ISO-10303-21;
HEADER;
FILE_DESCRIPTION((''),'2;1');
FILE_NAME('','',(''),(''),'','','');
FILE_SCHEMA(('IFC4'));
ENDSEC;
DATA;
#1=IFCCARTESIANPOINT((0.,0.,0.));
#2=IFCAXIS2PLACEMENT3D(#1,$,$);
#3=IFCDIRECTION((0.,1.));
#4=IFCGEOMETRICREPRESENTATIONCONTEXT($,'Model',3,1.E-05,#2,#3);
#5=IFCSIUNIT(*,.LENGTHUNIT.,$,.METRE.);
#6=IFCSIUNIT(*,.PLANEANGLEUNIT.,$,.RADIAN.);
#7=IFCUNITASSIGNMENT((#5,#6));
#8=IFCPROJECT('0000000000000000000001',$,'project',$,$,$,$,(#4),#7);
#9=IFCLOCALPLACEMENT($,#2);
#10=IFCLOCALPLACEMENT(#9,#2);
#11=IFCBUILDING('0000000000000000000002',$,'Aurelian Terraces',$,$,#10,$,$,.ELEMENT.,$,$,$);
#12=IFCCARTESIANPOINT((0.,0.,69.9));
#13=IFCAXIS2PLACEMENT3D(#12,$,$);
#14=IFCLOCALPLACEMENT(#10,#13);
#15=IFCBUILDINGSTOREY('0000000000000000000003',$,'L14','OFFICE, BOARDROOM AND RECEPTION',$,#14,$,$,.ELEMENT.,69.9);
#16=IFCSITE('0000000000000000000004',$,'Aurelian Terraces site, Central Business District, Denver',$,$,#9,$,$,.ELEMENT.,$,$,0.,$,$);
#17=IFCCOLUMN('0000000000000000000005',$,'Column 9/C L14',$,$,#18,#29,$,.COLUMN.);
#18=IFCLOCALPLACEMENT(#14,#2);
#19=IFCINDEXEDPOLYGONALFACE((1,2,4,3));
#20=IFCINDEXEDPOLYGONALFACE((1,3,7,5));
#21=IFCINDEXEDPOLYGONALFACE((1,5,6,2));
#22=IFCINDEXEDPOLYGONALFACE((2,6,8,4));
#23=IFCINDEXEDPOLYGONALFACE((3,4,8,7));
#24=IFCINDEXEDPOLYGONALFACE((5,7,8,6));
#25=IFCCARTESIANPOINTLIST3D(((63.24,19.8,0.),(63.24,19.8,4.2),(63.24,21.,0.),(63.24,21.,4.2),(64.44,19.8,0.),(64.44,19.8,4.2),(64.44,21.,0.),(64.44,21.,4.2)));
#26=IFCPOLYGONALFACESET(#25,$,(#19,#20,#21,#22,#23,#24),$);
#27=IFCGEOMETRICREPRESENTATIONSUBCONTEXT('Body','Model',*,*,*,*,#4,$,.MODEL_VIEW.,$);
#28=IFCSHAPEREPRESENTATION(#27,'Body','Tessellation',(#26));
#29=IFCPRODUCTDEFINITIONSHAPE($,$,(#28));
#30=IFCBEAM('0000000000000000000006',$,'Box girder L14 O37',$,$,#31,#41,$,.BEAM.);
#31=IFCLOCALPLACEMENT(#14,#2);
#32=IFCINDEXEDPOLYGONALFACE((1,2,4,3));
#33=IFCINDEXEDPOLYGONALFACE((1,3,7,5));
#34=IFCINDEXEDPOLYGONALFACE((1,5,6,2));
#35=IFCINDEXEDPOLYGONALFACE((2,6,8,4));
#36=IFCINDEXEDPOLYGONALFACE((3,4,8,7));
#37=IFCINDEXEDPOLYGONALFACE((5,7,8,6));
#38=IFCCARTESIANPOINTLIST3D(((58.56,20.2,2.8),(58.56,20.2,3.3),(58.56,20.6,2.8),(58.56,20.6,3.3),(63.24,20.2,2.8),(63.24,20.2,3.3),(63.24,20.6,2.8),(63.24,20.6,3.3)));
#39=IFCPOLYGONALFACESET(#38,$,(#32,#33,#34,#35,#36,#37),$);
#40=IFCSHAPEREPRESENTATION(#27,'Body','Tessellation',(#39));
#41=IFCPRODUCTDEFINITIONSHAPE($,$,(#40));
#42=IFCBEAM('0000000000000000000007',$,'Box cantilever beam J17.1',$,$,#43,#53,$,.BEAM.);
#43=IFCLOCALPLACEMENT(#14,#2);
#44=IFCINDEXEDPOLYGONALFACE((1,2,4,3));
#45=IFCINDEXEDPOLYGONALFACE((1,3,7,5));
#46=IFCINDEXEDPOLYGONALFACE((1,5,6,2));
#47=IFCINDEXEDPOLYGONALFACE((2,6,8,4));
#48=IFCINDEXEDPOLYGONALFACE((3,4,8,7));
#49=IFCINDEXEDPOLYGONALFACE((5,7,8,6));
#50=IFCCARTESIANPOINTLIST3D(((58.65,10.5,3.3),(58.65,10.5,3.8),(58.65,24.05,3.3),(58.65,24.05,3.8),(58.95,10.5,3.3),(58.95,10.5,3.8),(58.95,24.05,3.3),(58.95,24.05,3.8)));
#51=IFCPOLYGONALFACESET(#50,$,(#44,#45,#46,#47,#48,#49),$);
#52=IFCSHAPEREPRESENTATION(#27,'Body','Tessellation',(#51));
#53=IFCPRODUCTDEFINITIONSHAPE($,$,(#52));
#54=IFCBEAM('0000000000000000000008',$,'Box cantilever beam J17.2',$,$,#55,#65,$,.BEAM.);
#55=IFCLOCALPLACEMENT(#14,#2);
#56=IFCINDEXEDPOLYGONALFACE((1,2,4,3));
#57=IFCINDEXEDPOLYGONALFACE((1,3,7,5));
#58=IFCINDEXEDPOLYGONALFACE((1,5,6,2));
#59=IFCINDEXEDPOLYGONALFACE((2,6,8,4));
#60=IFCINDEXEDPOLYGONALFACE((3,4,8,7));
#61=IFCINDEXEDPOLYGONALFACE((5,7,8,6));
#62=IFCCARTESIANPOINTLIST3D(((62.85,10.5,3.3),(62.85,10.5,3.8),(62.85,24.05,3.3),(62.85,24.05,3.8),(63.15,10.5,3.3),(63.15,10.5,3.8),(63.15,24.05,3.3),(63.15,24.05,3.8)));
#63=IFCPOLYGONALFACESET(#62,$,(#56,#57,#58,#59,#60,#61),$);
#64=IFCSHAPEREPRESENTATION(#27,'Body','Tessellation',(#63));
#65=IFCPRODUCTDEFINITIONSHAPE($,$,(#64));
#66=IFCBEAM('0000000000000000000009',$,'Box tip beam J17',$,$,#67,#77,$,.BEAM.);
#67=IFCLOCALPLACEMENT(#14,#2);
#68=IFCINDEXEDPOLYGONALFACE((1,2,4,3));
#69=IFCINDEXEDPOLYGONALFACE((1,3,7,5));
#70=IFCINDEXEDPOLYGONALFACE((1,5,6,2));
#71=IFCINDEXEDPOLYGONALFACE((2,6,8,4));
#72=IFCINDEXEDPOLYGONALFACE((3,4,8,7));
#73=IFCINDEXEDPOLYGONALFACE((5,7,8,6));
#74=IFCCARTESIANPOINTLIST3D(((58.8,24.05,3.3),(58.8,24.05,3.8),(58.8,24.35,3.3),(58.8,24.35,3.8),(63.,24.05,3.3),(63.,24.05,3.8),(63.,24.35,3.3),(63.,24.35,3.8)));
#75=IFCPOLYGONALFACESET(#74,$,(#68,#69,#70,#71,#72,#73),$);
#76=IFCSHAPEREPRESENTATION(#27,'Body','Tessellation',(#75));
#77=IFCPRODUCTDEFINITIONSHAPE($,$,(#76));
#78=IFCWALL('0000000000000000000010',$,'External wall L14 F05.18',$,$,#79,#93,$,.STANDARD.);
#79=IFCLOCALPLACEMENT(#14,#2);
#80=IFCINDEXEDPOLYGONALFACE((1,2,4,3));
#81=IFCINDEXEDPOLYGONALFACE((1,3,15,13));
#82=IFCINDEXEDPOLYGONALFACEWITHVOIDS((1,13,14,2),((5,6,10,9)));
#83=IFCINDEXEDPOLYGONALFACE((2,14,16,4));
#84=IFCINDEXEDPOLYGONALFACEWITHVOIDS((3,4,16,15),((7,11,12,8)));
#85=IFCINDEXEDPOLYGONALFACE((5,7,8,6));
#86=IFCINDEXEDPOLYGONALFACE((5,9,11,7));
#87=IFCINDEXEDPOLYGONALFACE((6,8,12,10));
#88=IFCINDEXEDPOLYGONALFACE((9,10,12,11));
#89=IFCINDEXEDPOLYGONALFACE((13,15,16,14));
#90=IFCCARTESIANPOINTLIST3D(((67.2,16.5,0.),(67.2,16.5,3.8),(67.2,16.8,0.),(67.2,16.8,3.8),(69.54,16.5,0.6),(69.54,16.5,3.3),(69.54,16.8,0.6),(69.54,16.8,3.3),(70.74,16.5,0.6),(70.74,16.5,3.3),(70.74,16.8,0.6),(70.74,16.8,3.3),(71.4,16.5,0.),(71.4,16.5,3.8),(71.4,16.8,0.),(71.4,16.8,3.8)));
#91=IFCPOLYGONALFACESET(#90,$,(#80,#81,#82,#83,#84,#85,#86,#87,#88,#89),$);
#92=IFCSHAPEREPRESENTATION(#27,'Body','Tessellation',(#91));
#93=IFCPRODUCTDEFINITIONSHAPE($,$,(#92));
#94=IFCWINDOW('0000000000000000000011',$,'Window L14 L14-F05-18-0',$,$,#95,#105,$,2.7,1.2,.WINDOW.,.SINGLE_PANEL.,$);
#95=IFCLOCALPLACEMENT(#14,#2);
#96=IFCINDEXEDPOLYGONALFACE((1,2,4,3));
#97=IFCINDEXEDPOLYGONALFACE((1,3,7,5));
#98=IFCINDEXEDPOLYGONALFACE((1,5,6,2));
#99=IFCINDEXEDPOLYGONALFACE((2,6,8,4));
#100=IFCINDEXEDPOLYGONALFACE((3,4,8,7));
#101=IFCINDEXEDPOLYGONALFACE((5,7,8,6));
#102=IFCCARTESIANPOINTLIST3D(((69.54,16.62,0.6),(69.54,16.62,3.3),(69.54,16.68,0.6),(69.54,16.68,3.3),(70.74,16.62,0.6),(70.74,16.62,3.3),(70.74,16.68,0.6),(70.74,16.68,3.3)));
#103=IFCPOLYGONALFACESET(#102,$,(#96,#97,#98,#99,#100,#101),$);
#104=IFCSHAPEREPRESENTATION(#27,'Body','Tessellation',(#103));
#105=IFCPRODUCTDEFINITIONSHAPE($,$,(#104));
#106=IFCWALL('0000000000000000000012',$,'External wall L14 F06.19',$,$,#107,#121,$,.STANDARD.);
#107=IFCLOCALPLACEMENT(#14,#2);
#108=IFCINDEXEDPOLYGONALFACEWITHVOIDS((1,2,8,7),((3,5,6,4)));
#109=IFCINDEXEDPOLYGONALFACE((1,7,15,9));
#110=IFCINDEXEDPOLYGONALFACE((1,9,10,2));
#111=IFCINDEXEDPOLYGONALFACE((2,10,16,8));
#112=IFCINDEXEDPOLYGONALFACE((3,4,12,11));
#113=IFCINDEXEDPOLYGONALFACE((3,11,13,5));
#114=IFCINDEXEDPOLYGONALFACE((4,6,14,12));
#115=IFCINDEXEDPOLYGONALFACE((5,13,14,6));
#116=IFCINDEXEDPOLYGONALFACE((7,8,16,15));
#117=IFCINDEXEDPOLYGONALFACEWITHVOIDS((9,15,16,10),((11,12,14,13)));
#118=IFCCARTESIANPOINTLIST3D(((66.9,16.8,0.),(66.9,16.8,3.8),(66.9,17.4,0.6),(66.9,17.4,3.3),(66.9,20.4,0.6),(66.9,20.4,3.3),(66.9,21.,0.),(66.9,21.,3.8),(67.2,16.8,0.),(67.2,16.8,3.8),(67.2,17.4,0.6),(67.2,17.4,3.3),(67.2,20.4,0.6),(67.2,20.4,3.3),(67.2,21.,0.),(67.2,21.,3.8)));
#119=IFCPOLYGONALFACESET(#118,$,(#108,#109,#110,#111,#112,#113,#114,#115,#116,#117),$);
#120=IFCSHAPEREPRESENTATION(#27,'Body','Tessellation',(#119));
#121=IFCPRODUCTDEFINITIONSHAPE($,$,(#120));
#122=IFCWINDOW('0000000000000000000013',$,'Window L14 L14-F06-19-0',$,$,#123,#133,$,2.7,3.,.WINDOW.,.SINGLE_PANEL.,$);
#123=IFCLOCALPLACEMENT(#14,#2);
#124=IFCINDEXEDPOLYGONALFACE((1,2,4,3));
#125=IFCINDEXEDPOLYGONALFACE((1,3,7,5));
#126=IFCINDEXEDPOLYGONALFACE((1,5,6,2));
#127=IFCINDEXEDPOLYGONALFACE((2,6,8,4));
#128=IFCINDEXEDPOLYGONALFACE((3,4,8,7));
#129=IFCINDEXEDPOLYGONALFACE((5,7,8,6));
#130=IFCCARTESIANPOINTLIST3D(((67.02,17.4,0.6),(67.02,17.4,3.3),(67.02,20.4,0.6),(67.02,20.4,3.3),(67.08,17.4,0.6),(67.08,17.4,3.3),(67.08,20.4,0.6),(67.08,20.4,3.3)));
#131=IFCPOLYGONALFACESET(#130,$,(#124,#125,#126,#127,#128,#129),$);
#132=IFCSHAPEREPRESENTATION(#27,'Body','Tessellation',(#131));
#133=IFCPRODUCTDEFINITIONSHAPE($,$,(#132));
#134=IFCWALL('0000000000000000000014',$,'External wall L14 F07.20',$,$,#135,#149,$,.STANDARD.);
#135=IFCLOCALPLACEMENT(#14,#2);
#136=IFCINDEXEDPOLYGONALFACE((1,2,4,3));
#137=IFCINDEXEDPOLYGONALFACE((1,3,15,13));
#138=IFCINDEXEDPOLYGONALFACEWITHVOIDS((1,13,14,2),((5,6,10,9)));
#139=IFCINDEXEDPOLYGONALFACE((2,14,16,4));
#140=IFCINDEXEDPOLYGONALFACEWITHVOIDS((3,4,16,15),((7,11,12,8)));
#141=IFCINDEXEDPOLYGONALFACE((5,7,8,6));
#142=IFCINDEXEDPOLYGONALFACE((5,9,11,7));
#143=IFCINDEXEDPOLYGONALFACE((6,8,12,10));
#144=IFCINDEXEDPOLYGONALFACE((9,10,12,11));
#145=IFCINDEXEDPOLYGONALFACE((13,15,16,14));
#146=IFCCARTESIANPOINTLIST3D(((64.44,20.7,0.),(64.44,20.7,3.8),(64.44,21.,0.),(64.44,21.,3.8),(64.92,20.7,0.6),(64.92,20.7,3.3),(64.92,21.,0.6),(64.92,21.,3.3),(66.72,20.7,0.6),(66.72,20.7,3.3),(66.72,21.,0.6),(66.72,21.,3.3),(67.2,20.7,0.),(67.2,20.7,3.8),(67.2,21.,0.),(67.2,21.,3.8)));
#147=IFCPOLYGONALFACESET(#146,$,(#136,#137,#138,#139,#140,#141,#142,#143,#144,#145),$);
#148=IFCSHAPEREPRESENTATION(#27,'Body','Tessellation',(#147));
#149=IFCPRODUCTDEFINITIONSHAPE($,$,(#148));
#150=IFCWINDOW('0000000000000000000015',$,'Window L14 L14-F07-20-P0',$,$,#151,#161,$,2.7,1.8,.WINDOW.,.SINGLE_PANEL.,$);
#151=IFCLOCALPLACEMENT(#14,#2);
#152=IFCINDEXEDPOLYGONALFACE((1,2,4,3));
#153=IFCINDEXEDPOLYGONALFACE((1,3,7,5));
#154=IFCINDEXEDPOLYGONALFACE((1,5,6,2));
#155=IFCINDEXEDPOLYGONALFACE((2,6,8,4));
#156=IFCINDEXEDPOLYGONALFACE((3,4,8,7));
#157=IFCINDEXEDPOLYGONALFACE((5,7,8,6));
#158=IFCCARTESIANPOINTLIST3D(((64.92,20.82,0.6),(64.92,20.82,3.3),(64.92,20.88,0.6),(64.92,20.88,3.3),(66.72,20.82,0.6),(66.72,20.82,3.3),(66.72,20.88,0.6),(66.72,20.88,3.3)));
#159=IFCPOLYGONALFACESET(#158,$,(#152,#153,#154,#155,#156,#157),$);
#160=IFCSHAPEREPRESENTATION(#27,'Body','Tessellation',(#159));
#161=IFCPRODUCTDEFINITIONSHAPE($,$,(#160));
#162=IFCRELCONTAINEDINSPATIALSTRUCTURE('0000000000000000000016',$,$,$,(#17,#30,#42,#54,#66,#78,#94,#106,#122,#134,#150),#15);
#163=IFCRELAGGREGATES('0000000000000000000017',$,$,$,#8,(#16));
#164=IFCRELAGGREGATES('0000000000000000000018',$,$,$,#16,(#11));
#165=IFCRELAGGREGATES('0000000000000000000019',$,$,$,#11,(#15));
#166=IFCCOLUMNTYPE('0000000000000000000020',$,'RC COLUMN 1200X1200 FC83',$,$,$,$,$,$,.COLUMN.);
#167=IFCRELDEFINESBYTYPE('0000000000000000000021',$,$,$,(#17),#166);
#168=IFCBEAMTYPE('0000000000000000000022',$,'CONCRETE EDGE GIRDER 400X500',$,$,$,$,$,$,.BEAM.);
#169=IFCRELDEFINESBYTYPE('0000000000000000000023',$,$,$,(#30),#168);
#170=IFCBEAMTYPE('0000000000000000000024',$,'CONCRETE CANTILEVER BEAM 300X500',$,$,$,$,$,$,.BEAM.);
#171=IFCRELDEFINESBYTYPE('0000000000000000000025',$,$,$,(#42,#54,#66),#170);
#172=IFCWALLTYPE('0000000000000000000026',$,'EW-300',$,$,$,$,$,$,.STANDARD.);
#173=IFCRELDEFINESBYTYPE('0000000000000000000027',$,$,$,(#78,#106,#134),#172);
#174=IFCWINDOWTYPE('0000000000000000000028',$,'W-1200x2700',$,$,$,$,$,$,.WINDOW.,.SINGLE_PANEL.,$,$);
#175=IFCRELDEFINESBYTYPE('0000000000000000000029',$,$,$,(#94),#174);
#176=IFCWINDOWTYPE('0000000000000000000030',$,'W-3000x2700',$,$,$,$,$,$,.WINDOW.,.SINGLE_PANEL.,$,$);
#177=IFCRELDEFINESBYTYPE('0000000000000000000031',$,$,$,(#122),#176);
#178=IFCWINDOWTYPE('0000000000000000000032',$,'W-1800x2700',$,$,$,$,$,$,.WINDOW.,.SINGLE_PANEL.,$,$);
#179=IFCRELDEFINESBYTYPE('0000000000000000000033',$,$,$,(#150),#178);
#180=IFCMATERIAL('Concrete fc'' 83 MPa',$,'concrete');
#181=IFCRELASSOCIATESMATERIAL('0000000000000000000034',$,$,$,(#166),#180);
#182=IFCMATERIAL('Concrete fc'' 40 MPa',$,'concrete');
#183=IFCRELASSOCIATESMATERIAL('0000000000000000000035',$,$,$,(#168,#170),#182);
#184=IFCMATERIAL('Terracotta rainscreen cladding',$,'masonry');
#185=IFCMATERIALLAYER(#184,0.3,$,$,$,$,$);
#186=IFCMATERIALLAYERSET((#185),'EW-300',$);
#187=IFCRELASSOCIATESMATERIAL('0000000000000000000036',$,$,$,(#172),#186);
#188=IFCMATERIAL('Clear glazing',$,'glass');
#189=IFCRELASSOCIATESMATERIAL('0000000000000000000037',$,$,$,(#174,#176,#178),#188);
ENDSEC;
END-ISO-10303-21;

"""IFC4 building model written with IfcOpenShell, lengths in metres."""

from ifc_helpers import new_model, si_unit, direction, frame, frame_2d, origin, origin_2d, place, context, subcontext, project, spatial, rectangle, extrude, source, transform, mapped, material, layer, layer_set, material_profile, profile_set, type_object, element, fill, save


model = new_model("IFC4")

# Units and contexts
model_context = context("Model", 3, precision=1e-05, world=origin(), true_north=direction((0.0, 1.0)))
body_context = subcontext(model_context, "Body", "Model", "MODEL_VIEW")
ifc_project = project(units=[si_unit("LENGTHUNIT", "METRE"), si_unit("PLANEANGLEUNIT", "RADIAN")], contexts=[model_context])

# Site, building, storey
site_placement = place(None, origin())
site = spatial("IfcSite", under=ifc_project, at=site_placement, Name="Aurelian Terraces site, Central Business District, Denver", CompositionType="ELEMENT", RefElevation=0.0)
building_placement = place(site_placement, origin())
building = spatial("IfcBuilding", under=site, at=building_placement, Name="Aurelian Terraces", CompositionType="ELEMENT")
storey_placement = place(building_placement, frame((0.0, 0.0, 69.9)))
storey = spatial("IfcBuildingStorey", under=building, at=storey_placement, Name="L14", Description="OFFICE, BOARDROOM AND RECEPTION", CompositionType="ELEMENT", Elevation=69.9)

# Column
ifc_material_1 = material(Name="Concrete fc' 83 MPa", Category="concrete")
ifc_material_profile_1 = material_profile(ifc_material_1, rectangle(XDim=1.2, YDim=1.2, at=origin_2d()))
ifc_profile_set_1 = profile_set([ifc_material_profile_1], Name="Concrete fc' 83 MPa")
column_type = type_object("IfcColumnType", Name="RC COLUMN 1200X1200 FC83", PredefinedType="COLUMN", material=ifc_profile_set_1)
shared_shape_1 = source(origin(), body_context, "Body", "SweptSolid", [
    extrude(rectangle(XDim=1.2, YDim=1.2, at=origin_2d()), origin(), (0.0, 0.0, 1.0), 4.2),
])
column_placement = place(storey_placement, frame((63.84, 20.4, 0.0), z_axis=(0.0, 0.0, 1.0), x_axis=(1.0, 0.0, 0.0)))
element("IfcColumn", 1, at=column_placement, inside=storey, type_object=column_type, Name="Column 9/C L14", PredefinedType="COLUMN", context=body_context, shape_type="MappedRepresentation", body=[
    mapped(shared_shape_1, transform((0.0, 0.0, 0.0), scale=1.0)),
])

# Beams
ifc_material_2 = material(Name="Concrete fc' 40 MPa", Category="concrete")
ifc_material_profile_2 = material_profile(ifc_material_2, rectangle(XDim=0.4, YDim=0.5, at=origin_2d()))
ifc_profile_set_2 = profile_set([ifc_material_profile_2], Name="Concrete fc' 40 MPa")
beam_type_1 = type_object("IfcBeamType", Name="CONCRETE EDGE GIRDER 400X500", PredefinedType="BEAM", material=ifc_profile_set_2)
shared_shape_2 = source(origin(), body_context, "Body", "SweptSolid", [
    extrude(rectangle(XDim=0.4, YDim=0.5, at=origin_2d()), origin(), (0.0, 0.0, 1.0), 4.68),
])
beam_1_placement = place(storey_placement, frame((58.56, 20.4, 3.05), z_axis=(1.0, 0.0, 0.0), x_axis=(0.0, 1.0, 0.0)))
element("IfcBeam", 2, at=beam_1_placement, inside=storey, type_object=beam_type_1, Name="Box girder L14 O37", PredefinedType="BEAM", context=body_context, shape_type="MappedRepresentation", body=[
    mapped(shared_shape_2, transform((0.0, 0.0, 0.0), scale=1.0)),
])
ifc_material_profile_3 = material_profile(ifc_material_2, rectangle(XDim=0.3, YDim=0.5, at=origin_2d()))
ifc_profile_set_3 = profile_set([ifc_material_profile_3], Name="Concrete fc' 40 MPa")
beam_type_2 = type_object("IfcBeamType", Name="CONCRETE CANTILEVER BEAM 300X500", PredefinedType="BEAM", material=ifc_profile_set_3)
shared_shape_3 = source(origin(), body_context, "Body", "SweptSolid", [
    extrude(rectangle(XDim=0.3, YDim=0.5, at=origin_2d()), origin(), (0.0, 0.0, 1.0), 13.55),
])
for number, where, z_axis, x_axis, name in (
    (3, (58.8, 24.05, 3.55), (0.0, -1.0, 0.0), (1.0, 0.0, 0.0), "Box cantilever beam J17.1"),
    (4, (63.0, 24.05, 3.55), (0.0, -1.0, 0.0), (1.0, 0.0, 0.0), "Box cantilever beam J17.2"),
):
    element("IfcBeam", number, at=place(storey_placement, frame(where, z_axis=z_axis, x_axis=x_axis)), inside=storey, type_object=beam_type_2, Name=name, PredefinedType="BEAM", context=body_context, shape_type="MappedRepresentation", body=[
        mapped(shared_shape_3, transform((0.0, 0.0, 0.0), scale=1.0)),
    ])
shared_shape_4 = source(origin(), body_context, "Body", "SweptSolid", [
    extrude(rectangle(XDim=0.3, YDim=0.5, at=origin_2d()), origin(), (0.0, 0.0, 1.0), 4.2),
])
beam_2_placement = place(storey_placement, frame((58.8, 24.2, 3.55), z_axis=(1.0, 0.0, 0.0), x_axis=(0.0, 1.0, 0.0)))
element("IfcBeam", 5, at=beam_2_placement, inside=storey, type_object=beam_type_2, Name="Box tip beam J17", PredefinedType="BEAM", context=body_context, shape_type="MappedRepresentation", body=[
    mapped(shared_shape_4, transform((0.0, 0.0, 0.0), scale=1.0)),
])

# Walls, openings, windows
ifc_material_3 = material(Name="Terracotta rainscreen cladding", Category="masonry")
ifc_layer_1 = layer(ifc_material_3, 0.3)
ifc_layer_set_1 = layer_set([ifc_layer_1], Name="EW-300")
wall_type_1 = type_object("IfcWallType", Name="EW-300", PredefinedType="STANDARD", material=ifc_layer_set_1)
shared_shape_5 = source(origin(), body_context, "Body", "SweptSolid", [
    extrude(rectangle(XDim=4.2, YDim=0.3, at=frame_2d((2.1, 0.0))), origin(), (0.0, 0.0, 1.0), 3.8),
])
wall_1_placement = place(storey_placement, frame((71.4, 16.65, 0.0), z_axis=(0.0, 0.0, 1.0), x_axis=(-1.0, 0.0, 0.0)))
wall_1 = element("IfcWall", 6, at=wall_1_placement, inside=storey, type_object=wall_type_1, Name="External wall L14 F05.18", PredefinedType="STANDARD", context=body_context, shape_type="MappedRepresentation", body=[
    mapped(shared_shape_5, transform((0.0, 0.0, 0.0), scale=1.0)),
])
shared_shape_6 = source(origin(), body_context, "Body", "SweptSolid", [
    extrude(rectangle(XDim=1.2, YDim=2.7, at=frame_2d((0.6, 1.35))), frame((0.0, 0.16, 0.0), z_axis=(0.0, -1.0, 0.0), x_axis=(1.0, 0.0, 0.0)), (0.0, 0.0, 1.0), 0.32),
])
opening_1_placement = place(wall_1_placement, frame((0.66, 0.0, 0.6)))
opening_1 = element("IfcOpeningElement", 7, at=opening_1_placement, cuts=wall_1, PredefinedType="OPENING", context=body_context, shape_type="MappedRepresentation", body=[
    mapped(shared_shape_6, transform((0.0, 0.0, 0.0), scale=1.0)),
])
ifc_material_4 = material(Name="Clear glazing", Category="glass")
window_type_1 = type_object("IfcWindowType", Name="W-1200x2700", PartitioningType="SINGLE_PANEL", PredefinedType="WINDOW", material=ifc_material_4)
shared_shape_7 = source(origin(), body_context, "Body", "SweptSolid", [
    extrude(rectangle(XDim=1.2, YDim=2.7, at=frame_2d((0.6, 1.35))), frame((0.0, 0.03, 0.0), z_axis=(0.0, -1.0, 0.0), x_axis=(1.0, 0.0, 0.0)), (0.0, 0.0, 1.0), 0.06),
])
window_1_placement = place(opening_1_placement, origin())
window_1 = element("IfcWindow", 8, at=window_1_placement, inside=storey, type_object=window_type_1, Name="Window L14 L14-F05-18-0", OverallHeight=2.7, OverallWidth=1.2, PartitioningType="SINGLE_PANEL", PredefinedType="WINDOW", context=body_context, shape_type="MappedRepresentation", body=[
    mapped(shared_shape_7, transform((0.0, 0.0, 0.0), scale=1.0)),
])
fill(opening_1, window_1)
wall_2_placement = place(storey_placement, frame((67.05, 16.8, 0.0), z_axis=(0.0, 0.0, 1.0), x_axis=(0.0, 1.0, 0.0)))
wall_2 = element("IfcWall", 9, at=wall_2_placement, inside=storey, type_object=wall_type_1, Name="External wall L14 F06.19", PredefinedType="STANDARD", context=body_context, shape_type="MappedRepresentation", body=[
    mapped(shared_shape_5, transform((0.0, 0.0, 0.0), scale=1.0)),
])
shared_shape_8 = source(origin(), body_context, "Body", "SweptSolid", [
    extrude(rectangle(XDim=3.0, YDim=2.7, at=frame_2d((1.5, 1.35))), frame((0.0, 0.16, 0.0), z_axis=(0.0, -1.0, 0.0), x_axis=(1.0, 0.0, 0.0)), (0.0, 0.0, 1.0), 0.32),
])
opening_2_placement = place(wall_2_placement, frame((0.6, 0.0, 0.6)))
opening_2 = element("IfcOpeningElement", 10, at=opening_2_placement, cuts=wall_2, PredefinedType="OPENING", context=body_context, shape_type="MappedRepresentation", body=[
    mapped(shared_shape_8, transform((0.0, 0.0, 0.0), scale=1.0)),
])
window_type_2 = type_object("IfcWindowType", Name="W-3000x2700", PartitioningType="SINGLE_PANEL", PredefinedType="WINDOW", material=ifc_material_4)
shared_shape_9 = source(origin(), body_context, "Body", "SweptSolid", [
    extrude(rectangle(XDim=3.0, YDim=2.7, at=frame_2d((1.5, 1.35))), frame((0.0, 0.03, 0.0), z_axis=(0.0, -1.0, 0.0), x_axis=(1.0, 0.0, 0.0)), (0.0, 0.0, 1.0), 0.06),
])
window_2_placement = place(opening_2_placement, origin())
window_2 = element("IfcWindow", 11, at=window_2_placement, inside=storey, type_object=window_type_2, Name="Window L14 L14-F06-19-0", OverallHeight=2.7, OverallWidth=3.0, PartitioningType="SINGLE_PANEL", PredefinedType="WINDOW", context=body_context, shape_type="MappedRepresentation", body=[
    mapped(shared_shape_9, transform((0.0, 0.0, 0.0), scale=1.0)),
])
fill(opening_2, window_2)
shared_shape_10 = source(origin(), body_context, "Body", "SweptSolid", [
    extrude(rectangle(XDim=2.76, YDim=0.3, at=frame_2d((1.38, 0.0))), origin(), (0.0, 0.0, 1.0), 3.8),
])
wall_3_placement = place(storey_placement, frame((67.2, 20.85, 0.0), z_axis=(0.0, 0.0, 1.0), x_axis=(-1.0, 0.0, 0.0)))
wall_3 = element("IfcWall", 12, at=wall_3_placement, inside=storey, type_object=wall_type_1, Name="External wall L14 F07.20", PredefinedType="STANDARD", context=body_context, shape_type="MappedRepresentation", body=[
    mapped(shared_shape_10, transform((0.0, 0.0, 0.0), scale=1.0)),
])
shared_shape_11 = source(origin(), body_context, "Body", "SweptSolid", [
    extrude(rectangle(XDim=1.8, YDim=2.7, at=frame_2d((0.9, 1.35))), frame((0.0, 0.16, 0.0), z_axis=(0.0, -1.0, 0.0), x_axis=(1.0, 0.0, 0.0)), (0.0, 0.0, 1.0), 0.32),
])
opening_3_placement = place(wall_3_placement, frame((0.48, 0.0, 0.6)))
opening_3 = element("IfcOpeningElement", 13, at=opening_3_placement, cuts=wall_3, PredefinedType="OPENING", context=body_context, shape_type="MappedRepresentation", body=[
    mapped(shared_shape_11, transform((0.0, 0.0, 0.0), scale=1.0)),
])
window_type_3 = type_object("IfcWindowType", Name="W-1800x2700", PartitioningType="SINGLE_PANEL", PredefinedType="WINDOW", material=ifc_material_4)
shared_shape_12 = source(origin(), body_context, "Body", "SweptSolid", [
    extrude(rectangle(XDim=1.8, YDim=2.7, at=frame_2d((0.9, 1.35))), frame((0.0, 0.03, 0.0), z_axis=(0.0, -1.0, 0.0), x_axis=(1.0, 0.0, 0.0)), (0.0, 0.0, 1.0), 0.06),
])
window_3_placement = place(opening_3_placement, origin())
window_3 = element("IfcWindow", 14, at=window_3_placement, inside=storey, type_object=window_type_3, Name="Window L14 L14-F07-20-P0", OverallHeight=2.7, OverallWidth=1.8, PartitioningType="SINGLE_PANEL", PredefinedType="WINDOW", context=body_context, shape_type="MappedRepresentation", body=[
    mapped(shared_shape_12, transform((0.0, 0.0, 0.0), scale=1.0)),
])
fill(opening_3, window_3)

save(model, "model.ifc")
